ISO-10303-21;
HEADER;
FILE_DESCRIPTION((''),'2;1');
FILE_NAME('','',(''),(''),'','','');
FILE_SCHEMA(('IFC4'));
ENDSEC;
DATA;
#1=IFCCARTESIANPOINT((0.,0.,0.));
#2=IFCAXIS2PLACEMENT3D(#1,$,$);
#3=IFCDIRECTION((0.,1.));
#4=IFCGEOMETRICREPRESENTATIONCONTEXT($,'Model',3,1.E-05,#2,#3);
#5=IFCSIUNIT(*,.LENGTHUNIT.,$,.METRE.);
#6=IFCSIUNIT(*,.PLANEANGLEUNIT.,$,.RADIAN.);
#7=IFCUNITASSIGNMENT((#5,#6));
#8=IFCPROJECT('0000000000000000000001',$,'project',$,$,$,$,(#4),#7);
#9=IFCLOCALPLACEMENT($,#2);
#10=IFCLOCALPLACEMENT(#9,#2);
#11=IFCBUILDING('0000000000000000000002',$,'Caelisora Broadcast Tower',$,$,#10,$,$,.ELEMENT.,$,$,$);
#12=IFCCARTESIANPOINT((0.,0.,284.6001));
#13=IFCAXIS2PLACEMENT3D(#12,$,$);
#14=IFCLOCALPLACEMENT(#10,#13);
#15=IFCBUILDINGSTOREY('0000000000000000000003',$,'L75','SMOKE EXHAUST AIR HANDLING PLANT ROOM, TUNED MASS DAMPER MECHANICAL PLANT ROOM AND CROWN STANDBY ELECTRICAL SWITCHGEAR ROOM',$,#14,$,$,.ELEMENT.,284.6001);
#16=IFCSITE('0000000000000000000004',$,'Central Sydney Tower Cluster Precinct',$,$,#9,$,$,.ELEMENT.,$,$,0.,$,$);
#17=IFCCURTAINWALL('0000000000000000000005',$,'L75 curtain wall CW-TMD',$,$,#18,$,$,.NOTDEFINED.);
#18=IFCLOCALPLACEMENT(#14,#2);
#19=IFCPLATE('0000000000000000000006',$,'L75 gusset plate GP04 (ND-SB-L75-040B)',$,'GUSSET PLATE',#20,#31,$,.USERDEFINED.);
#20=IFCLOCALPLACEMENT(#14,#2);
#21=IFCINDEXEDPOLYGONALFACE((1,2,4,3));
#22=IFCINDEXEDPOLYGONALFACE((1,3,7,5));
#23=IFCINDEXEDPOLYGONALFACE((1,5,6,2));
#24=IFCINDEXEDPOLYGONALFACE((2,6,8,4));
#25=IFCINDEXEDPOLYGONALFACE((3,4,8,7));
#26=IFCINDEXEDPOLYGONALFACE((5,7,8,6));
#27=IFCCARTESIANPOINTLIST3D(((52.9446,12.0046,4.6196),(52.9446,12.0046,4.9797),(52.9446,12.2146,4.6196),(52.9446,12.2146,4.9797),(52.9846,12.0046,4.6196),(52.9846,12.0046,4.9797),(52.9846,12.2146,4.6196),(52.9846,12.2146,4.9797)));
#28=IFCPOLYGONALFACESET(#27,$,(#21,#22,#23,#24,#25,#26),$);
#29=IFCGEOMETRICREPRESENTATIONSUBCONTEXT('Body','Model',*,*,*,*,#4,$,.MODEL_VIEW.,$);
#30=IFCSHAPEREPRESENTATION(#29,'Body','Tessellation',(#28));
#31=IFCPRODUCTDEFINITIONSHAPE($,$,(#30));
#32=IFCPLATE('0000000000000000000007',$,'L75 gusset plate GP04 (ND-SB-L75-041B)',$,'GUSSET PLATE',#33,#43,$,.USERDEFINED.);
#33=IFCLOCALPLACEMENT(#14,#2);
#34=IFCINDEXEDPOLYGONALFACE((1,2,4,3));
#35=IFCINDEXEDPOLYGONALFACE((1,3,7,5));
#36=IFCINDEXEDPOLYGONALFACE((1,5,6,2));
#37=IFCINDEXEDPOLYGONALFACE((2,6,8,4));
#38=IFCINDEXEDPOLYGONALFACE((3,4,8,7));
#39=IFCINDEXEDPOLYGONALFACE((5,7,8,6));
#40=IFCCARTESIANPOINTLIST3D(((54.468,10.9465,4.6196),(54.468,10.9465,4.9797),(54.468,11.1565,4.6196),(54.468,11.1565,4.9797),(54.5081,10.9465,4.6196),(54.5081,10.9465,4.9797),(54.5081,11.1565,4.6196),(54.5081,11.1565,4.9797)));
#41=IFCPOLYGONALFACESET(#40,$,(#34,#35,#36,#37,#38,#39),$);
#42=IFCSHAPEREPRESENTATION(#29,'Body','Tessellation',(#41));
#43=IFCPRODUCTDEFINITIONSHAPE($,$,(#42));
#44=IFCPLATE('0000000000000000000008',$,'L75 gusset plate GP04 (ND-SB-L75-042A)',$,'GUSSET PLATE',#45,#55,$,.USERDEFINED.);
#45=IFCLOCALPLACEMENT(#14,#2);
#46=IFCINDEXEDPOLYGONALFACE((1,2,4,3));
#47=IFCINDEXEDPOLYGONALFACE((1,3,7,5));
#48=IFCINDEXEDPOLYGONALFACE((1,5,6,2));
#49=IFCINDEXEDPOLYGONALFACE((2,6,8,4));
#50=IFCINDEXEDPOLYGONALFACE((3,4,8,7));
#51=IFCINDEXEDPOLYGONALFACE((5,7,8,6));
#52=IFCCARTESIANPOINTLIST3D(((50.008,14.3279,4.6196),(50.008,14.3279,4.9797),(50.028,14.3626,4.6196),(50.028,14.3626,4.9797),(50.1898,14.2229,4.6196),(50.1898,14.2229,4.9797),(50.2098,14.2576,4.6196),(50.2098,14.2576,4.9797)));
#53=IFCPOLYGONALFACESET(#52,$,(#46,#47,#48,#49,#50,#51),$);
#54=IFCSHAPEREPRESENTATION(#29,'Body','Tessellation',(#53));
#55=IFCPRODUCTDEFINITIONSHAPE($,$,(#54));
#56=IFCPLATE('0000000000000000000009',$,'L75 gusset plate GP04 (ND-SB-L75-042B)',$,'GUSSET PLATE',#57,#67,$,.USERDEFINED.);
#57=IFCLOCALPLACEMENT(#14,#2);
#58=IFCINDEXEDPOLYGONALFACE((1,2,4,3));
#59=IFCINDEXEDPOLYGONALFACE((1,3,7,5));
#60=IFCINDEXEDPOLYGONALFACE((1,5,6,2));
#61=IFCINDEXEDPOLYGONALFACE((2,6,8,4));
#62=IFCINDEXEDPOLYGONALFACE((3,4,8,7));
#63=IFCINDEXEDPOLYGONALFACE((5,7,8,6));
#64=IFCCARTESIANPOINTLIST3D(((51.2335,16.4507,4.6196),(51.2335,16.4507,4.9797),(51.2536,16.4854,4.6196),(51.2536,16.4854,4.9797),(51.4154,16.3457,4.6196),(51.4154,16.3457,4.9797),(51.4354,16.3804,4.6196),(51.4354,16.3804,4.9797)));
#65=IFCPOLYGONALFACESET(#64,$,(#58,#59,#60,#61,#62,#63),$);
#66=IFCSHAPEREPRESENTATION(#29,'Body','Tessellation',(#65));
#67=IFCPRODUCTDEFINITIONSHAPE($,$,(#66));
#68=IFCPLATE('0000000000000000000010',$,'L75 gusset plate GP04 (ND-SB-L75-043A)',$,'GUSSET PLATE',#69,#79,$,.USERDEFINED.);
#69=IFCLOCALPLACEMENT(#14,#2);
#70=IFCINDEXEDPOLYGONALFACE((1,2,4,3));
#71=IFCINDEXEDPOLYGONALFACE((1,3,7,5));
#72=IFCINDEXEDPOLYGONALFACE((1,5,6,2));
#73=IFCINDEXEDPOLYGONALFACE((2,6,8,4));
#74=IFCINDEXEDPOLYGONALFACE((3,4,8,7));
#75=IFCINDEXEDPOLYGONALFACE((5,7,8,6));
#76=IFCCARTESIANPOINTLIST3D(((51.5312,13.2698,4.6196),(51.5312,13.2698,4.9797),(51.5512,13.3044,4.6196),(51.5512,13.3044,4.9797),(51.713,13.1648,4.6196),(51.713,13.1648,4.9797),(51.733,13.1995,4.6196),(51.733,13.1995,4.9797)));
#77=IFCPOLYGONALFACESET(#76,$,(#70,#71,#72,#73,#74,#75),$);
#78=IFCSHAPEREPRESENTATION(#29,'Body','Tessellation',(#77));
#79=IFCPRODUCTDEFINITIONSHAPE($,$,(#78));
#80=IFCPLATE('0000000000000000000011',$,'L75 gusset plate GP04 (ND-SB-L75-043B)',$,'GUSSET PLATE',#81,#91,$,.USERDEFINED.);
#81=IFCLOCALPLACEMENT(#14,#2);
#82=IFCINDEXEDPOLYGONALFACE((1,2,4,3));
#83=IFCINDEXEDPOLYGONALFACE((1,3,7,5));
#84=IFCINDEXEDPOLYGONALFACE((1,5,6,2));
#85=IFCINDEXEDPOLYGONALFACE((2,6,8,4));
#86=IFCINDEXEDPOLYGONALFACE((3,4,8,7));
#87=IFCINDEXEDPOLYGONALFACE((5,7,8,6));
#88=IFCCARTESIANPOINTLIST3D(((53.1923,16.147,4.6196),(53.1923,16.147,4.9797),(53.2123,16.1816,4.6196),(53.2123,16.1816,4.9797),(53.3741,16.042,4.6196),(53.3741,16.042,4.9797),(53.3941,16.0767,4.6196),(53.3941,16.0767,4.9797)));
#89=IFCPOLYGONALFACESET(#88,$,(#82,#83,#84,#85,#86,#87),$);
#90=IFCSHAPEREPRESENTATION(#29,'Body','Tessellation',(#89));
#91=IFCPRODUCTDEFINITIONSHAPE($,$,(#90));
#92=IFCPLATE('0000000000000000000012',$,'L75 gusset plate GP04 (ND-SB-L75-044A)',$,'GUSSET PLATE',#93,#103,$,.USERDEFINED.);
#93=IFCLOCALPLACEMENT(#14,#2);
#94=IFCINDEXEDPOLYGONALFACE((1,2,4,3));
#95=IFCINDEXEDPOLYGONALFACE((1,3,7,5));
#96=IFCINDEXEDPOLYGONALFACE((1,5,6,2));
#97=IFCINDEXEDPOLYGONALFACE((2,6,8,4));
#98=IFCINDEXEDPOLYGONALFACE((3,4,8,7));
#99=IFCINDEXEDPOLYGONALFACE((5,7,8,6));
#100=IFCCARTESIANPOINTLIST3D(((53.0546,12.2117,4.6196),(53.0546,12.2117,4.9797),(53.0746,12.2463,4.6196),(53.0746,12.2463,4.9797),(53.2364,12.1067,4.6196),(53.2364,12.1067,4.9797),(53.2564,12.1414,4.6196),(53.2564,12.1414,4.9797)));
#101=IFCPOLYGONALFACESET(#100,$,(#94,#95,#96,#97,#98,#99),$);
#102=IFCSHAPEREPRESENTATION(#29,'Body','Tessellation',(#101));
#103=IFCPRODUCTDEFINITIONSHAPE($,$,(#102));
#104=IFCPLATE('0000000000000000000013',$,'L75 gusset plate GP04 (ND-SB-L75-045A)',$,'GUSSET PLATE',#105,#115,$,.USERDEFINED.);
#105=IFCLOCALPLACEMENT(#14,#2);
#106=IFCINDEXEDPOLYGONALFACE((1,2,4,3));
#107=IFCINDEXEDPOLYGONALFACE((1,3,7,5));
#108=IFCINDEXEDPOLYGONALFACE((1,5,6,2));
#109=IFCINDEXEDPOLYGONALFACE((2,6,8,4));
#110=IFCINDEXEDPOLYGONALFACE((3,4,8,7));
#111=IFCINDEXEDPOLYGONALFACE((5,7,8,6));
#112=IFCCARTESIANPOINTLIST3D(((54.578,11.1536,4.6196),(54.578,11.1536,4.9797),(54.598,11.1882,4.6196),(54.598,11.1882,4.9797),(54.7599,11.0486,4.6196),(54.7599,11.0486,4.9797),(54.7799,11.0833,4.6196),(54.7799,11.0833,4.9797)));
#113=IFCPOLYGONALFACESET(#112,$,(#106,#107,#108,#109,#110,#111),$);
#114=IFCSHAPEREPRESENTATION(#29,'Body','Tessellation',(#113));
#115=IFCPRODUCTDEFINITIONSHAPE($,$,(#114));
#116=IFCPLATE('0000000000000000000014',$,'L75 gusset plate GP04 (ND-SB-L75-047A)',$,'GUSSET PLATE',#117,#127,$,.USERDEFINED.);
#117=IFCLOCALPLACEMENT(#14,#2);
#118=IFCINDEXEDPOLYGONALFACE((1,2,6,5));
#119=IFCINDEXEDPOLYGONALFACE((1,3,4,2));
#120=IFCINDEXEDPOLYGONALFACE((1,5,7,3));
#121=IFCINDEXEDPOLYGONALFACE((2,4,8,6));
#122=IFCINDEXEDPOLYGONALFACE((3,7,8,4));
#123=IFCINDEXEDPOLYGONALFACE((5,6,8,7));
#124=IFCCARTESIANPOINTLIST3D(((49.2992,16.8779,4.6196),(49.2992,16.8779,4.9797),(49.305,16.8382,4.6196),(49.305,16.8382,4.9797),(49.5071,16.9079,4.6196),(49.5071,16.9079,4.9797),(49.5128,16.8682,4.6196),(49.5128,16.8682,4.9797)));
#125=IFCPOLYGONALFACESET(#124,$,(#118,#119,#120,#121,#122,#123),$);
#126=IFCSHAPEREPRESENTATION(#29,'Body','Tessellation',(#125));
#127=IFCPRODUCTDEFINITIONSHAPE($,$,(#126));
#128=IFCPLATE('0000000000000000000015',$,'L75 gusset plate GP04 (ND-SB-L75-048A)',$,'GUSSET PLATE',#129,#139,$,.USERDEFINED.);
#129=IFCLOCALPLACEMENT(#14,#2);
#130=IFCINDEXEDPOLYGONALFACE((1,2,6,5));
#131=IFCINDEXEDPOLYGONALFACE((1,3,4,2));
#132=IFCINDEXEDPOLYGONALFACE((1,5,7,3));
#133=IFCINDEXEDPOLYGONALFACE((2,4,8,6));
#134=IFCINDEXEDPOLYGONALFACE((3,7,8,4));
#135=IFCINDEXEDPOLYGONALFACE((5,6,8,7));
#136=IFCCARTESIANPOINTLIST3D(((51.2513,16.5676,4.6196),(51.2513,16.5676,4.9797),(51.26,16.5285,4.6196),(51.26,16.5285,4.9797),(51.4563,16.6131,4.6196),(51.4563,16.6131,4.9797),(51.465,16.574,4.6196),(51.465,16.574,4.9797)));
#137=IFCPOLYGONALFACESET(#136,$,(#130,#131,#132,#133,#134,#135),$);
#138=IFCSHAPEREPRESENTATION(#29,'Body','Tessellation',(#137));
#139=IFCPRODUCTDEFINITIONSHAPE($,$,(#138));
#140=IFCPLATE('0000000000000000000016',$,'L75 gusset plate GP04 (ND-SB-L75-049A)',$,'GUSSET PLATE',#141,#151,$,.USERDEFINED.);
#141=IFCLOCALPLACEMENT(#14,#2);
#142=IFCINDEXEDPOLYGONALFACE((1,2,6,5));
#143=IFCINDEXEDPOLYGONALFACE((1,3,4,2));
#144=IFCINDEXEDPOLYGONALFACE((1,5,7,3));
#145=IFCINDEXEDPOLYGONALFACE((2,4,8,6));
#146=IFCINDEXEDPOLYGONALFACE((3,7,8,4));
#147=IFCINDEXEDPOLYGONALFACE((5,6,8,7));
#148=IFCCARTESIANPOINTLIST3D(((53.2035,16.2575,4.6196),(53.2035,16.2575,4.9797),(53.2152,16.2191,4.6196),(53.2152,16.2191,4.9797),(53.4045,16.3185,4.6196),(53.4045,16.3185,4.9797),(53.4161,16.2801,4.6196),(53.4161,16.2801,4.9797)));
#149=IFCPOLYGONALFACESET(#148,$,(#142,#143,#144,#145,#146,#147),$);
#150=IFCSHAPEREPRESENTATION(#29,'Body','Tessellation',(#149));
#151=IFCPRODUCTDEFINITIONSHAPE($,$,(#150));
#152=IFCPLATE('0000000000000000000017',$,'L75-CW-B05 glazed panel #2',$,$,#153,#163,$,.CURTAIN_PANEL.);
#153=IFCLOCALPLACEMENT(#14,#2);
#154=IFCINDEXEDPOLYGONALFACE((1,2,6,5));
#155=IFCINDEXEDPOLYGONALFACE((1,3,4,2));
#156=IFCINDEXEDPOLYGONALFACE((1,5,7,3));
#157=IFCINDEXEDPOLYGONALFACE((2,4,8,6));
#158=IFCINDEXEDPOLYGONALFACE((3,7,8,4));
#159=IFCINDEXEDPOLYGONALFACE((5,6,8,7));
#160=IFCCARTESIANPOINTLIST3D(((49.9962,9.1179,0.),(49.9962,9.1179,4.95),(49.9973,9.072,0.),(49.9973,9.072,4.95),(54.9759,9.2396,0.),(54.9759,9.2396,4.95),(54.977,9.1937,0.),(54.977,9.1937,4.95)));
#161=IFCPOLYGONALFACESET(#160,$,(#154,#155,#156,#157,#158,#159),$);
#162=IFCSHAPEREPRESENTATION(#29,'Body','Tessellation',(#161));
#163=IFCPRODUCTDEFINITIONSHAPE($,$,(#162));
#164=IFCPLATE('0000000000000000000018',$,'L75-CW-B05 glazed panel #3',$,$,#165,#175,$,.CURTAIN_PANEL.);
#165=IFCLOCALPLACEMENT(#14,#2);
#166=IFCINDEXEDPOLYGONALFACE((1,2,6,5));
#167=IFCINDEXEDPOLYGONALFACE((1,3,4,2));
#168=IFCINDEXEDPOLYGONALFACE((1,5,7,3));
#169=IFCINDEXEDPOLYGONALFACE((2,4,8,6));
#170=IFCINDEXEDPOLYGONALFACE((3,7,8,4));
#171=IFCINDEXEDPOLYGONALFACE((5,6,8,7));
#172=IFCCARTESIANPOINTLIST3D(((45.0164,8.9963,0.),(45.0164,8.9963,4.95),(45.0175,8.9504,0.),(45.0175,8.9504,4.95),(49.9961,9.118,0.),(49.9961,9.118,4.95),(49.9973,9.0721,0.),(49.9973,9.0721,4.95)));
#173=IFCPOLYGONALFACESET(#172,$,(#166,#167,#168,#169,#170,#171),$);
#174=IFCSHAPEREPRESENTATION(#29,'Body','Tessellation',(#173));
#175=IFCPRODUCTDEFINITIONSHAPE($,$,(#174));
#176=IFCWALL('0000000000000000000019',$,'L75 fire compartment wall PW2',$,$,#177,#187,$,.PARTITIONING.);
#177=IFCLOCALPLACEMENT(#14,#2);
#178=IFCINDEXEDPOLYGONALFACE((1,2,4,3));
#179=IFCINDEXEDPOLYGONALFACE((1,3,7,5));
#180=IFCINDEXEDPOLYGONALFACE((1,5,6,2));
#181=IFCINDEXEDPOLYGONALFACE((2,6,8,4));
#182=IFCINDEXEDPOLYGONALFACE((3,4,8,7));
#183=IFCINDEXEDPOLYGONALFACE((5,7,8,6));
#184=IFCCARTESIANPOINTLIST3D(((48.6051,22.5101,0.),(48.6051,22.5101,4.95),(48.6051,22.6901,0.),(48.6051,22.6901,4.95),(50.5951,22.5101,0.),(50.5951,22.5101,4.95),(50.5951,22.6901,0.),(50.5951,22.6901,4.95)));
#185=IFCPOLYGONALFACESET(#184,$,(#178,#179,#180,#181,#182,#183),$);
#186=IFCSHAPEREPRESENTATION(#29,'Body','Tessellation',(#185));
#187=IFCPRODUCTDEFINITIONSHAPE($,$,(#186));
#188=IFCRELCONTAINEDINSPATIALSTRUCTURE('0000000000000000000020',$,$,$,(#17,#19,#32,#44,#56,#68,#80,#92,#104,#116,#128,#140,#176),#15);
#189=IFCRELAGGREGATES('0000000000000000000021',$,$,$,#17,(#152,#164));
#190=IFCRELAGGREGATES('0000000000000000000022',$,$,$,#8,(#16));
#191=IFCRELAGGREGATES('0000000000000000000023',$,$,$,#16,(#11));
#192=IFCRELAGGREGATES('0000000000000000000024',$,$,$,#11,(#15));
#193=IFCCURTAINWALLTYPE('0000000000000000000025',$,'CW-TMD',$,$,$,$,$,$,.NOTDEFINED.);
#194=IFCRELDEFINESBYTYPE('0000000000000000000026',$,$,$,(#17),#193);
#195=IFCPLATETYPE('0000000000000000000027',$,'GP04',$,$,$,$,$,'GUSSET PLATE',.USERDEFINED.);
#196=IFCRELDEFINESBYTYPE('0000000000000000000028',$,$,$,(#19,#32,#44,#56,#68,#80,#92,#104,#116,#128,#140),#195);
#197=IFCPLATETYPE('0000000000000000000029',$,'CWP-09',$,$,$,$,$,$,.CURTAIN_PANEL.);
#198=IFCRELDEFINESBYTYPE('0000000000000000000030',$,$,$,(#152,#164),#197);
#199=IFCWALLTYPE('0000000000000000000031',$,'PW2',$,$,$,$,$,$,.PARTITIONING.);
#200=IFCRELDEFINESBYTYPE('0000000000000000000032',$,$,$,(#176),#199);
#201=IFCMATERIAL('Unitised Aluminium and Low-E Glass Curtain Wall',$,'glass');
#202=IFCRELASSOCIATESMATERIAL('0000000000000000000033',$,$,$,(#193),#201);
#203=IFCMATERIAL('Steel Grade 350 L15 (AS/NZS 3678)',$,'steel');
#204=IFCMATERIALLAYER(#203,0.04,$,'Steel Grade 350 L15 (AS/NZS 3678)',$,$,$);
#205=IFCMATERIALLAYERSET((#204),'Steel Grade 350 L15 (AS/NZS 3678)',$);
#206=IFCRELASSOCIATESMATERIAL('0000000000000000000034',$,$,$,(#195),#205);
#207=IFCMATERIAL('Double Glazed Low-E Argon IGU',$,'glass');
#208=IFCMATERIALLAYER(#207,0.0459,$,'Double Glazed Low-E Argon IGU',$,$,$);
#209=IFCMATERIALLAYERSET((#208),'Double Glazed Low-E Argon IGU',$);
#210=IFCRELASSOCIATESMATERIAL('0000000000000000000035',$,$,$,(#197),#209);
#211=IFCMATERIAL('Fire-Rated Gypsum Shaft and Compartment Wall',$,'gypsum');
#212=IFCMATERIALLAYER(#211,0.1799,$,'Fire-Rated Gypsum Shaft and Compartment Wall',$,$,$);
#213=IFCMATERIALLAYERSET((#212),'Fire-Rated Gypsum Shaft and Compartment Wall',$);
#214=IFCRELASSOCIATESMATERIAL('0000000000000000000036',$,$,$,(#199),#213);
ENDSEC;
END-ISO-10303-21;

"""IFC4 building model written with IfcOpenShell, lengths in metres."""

from ifc_helpers import new_model, si_unit, direction, frame, frame_2d, origin, origin_2d, place, context, subcontext, project, spatial, rectangle, extrude, source, transform, mapped, material, layer, layer_set, type_object, type_shapes, element, aggregate, save


model = new_model("IFC4")

# Units and contexts
model_context = context("Model", 3, precision=1e-05, world=origin(), true_north=direction((0.0, 1.0)))
body_context = subcontext(model_context, "Body", "Model", "MODEL_VIEW")
ifc_project = project(units=[si_unit("LENGTHUNIT", "METRE"), si_unit("PLANEANGLEUNIT", "RADIAN")], contexts=[model_context])

# Site, building, storey
site_placement = place(None, origin())
site = spatial("IfcSite", under=ifc_project, at=site_placement, Name="Central Sydney Tower Cluster Precinct", CompositionType="ELEMENT", RefElevation=0.0)
building_placement = place(site_placement, origin())
building = spatial("IfcBuilding", under=site, at=building_placement, Name="Caelisora Broadcast Tower", CompositionType="ELEMENT")
storey_placement = place(building_placement, frame((0.0, 0.0, 284.6001)))
storey = spatial("IfcBuildingStorey", under=building, at=storey_placement, Name="L75", Description="SMOKE EXHAUST AIR HANDLING PLANT ROOM, TUNED MASS DAMPER MECHANICAL PLANT ROOM AND CROWN STANDBY ELECTRICAL SWITCHGEAR ROOM", CompositionType="ELEMENT", Elevation=284.6001)

# Curtain wall
ifc_material_1 = material(Name="Unitised Aluminium and Low-E Glass Curtain Wall", Category="glass")
curtain_wall_type = type_object("IfcCurtainWallType", Name="CW-TMD", PredefinedType="NOTDEFINED", material=ifc_material_1)
curtain_wall_placement = place(storey_placement, origin())
curtain_wall = element("IfcCurtainWall", 1, at=curtain_wall_placement, inside=storey, type_object=curtain_wall_type, Name="L75 curtain wall CW-TMD", PredefinedType="NOTDEFINED")

# Plates
ifc_material_2 = material(Name="Steel Grade 350 L15 (AS/NZS 3678)", Category="steel")
ifc_layer_1 = layer(ifc_material_2, 0.04, Name="Steel Grade 350 L15 (AS/NZS 3678)")
ifc_layer_set_1 = layer_set([ifc_layer_1], Name="Steel Grade 350 L15 (AS/NZS 3678)")
plate_type_1 = type_object("IfcPlateType", Name="GP04", ElementType="GUSSET PLATE", PredefinedType="USERDEFINED", material=ifc_layer_set_1)
shared_shape_1 = source(origin(), body_context, "Body", "SweptSolid", [
    extrude(rectangle(XDim=0.21, YDim=0.04, at=origin_2d()), origin(), (0.0, 0.0, 1.0), 0.3601),
])
type_shapes(plate_type_1, [shared_shape_1])
for number, where, z_axis, x_axis, name in (
    (2, (52.9646, 12.1096, 4.6196), (0.0, 0.0, 1.0), (0.0, 1.0, 0.0), "L75 gusset plate GP04 (ND-SB-L75-040B)"),
    (3, (54.488, 11.0515, 4.6196), (0.0, 0.0, 1.0), (0.0, 1.0, 0.0), "L75 gusset plate GP04 (ND-SB-L75-041B)"),
    (4, (50.1089, 14.2927, 4.6196), (0.0, 0.0, 1.0), (-0.866025, 0.5, 0.0), "L75 gusset plate GP04 (ND-SB-L75-042A)"),
    (5, (51.3345, 16.4155, 4.6196), (0.0, 0.0, 1.0), (-0.866025, 0.5, 0.0), "L75 gusset plate GP04 (ND-SB-L75-042B)"),
    (6, (51.6321, 13.2346, 4.6196), (0.0, 0.0, 1.0), (-0.866025, 0.5, 0.0), "L75 gusset plate GP04 (ND-SB-L75-043A)"),
    (7, (53.2932, 16.1118, 4.6196), (0.0, 0.0, 1.0), (-0.866025, 0.5, 0.0), "L75 gusset plate GP04 (ND-SB-L75-043B)"),
    (8, (53.1555, 12.1765, 4.6196), (0.0, 0.0, 1.0), (-0.866025, 0.5, 0.0), "L75 gusset plate GP04 (ND-SB-L75-044A)"),
    (9, (54.679, 11.1184, 4.6196), (0.0, 0.0, 1.0), (-0.866025, 0.5, 0.0), "L75 gusset plate GP04 (ND-SB-L75-045A)"),
    (10, (49.406, 16.873, 4.6196), (0.0, 0.0, 1.0), (-0.989751, -0.142802, 0.0), "L75 gusset plate GP04 (ND-SB-L75-047A)"),
    (11, (51.3582, 16.5708, 4.6196), (0.0, 0.0, 1.0), (-0.976258, -0.21661, 0.0), "L75 gusset plate GP04 (ND-SB-L75-048A)"),
    (12, (53.3098, 16.2688, 4.6196), (0.0, 0.0, 1.0), (-0.956864, -0.290535, 0.0), "L75 gusset plate GP04 (ND-SB-L75-049A)"),
):
    element("IfcPlate", number, at=place(storey_placement, frame(where, z_axis=z_axis, x_axis=x_axis)), inside=storey, type_object=plate_type_1, Name=name, ObjectType="GUSSET PLATE", PredefinedType="USERDEFINED", context=body_context, shape_type="MappedRepresentation", body=[
        mapped(shared_shape_1, transform((0.0, 0.0, 0.0), scale=1.0)),
    ])

# Plates
ifc_material_3 = material(Name="Double Glazed Low-E Argon IGU", Category="glass")
ifc_layer_2 = layer(ifc_material_3, 0.0459, Name="Double Glazed Low-E Argon IGU")
ifc_layer_set_2 = layer_set([ifc_layer_2], Name="Double Glazed Low-E Argon IGU")
plate_type_2 = type_object("IfcPlateType", Name="CWP-09", PredefinedType="CURTAIN_PANEL", material=ifc_layer_set_2)
shared_shape_2 = source(origin(), body_context, "Body", "SweptSolid", [
    extrude(rectangle(XDim=4.9812, YDim=0.0459, at=origin_2d()), origin(), (0.0, 0.0, 1.0), 4.95),
])
type_shapes(plate_type_2, [shared_shape_2])
plate_1_placement = place(storey_placement, frame((52.4866, 9.1558, 0.0), z_axis=(0.0, 0.0, 1.0), x_axis=(-0.999701, -0.024432, 0.0)))
plate_1 = element("IfcPlate", 13, at=plate_1_placement, type_object=plate_type_2, Name="L75-CW-B05 glazed panel #2", PredefinedType="CURTAIN_PANEL", context=body_context, shape_type="MappedRepresentation", body=[
    mapped(shared_shape_2, transform((0.0, 0.0, 0.0), scale=1.0)),
])
plate_2_placement = place(storey_placement, frame((47.5068, 9.0342, 0.0), z_axis=(0.0, 0.0, 1.0), x_axis=(-0.999701, -0.024432, 0.0)))
plate_2 = element("IfcPlate", 14, at=plate_2_placement, type_object=plate_type_2, Name="L75-CW-B05 glazed panel #3", PredefinedType="CURTAIN_PANEL", context=body_context, shape_type="MappedRepresentation", body=[
    mapped(shared_shape_2, transform((0.0, 0.0, 0.0), scale=1.0)),
])
aggregate(curtain_wall, [plate_1, plate_2])

# Shared definitions
ifc_material_4 = material(Name="Fire-Rated Gypsum Shaft and Compartment Wall", Category="gypsum")
ifc_layer_3 = layer(ifc_material_4, 0.1799, Name="Fire-Rated Gypsum Shaft and Compartment Wall")
ifc_layer_set_3 = layer_set([ifc_layer_3], Name="Fire-Rated Gypsum Shaft and Compartment Wall")
wall_type = type_object("IfcWallType", Name="PW2", PredefinedType="PARTITIONING", material=ifc_layer_set_3)

# Wall
wall_1_placement = place(storey_placement, frame((48.605, 22.6001, 0.0), z_axis=(0.0, 0.0, 1.0), x_axis=(1.0, 0.0, 0.0)))
element("IfcWall", 15, at=wall_1_placement, inside=storey, type_object=wall_type, Name="L75 fire compartment wall PW2", PredefinedType="PARTITIONING", context=body_context, shape_type="SweptSolid", body=[
    extrude(rectangle(XDim=1.99, YDim=0.1799, at=frame_2d((0.9951, 0.0))), origin(), (0.0, 0.0, 1.0), 4.95),
])

save(model, "model.ifc")
